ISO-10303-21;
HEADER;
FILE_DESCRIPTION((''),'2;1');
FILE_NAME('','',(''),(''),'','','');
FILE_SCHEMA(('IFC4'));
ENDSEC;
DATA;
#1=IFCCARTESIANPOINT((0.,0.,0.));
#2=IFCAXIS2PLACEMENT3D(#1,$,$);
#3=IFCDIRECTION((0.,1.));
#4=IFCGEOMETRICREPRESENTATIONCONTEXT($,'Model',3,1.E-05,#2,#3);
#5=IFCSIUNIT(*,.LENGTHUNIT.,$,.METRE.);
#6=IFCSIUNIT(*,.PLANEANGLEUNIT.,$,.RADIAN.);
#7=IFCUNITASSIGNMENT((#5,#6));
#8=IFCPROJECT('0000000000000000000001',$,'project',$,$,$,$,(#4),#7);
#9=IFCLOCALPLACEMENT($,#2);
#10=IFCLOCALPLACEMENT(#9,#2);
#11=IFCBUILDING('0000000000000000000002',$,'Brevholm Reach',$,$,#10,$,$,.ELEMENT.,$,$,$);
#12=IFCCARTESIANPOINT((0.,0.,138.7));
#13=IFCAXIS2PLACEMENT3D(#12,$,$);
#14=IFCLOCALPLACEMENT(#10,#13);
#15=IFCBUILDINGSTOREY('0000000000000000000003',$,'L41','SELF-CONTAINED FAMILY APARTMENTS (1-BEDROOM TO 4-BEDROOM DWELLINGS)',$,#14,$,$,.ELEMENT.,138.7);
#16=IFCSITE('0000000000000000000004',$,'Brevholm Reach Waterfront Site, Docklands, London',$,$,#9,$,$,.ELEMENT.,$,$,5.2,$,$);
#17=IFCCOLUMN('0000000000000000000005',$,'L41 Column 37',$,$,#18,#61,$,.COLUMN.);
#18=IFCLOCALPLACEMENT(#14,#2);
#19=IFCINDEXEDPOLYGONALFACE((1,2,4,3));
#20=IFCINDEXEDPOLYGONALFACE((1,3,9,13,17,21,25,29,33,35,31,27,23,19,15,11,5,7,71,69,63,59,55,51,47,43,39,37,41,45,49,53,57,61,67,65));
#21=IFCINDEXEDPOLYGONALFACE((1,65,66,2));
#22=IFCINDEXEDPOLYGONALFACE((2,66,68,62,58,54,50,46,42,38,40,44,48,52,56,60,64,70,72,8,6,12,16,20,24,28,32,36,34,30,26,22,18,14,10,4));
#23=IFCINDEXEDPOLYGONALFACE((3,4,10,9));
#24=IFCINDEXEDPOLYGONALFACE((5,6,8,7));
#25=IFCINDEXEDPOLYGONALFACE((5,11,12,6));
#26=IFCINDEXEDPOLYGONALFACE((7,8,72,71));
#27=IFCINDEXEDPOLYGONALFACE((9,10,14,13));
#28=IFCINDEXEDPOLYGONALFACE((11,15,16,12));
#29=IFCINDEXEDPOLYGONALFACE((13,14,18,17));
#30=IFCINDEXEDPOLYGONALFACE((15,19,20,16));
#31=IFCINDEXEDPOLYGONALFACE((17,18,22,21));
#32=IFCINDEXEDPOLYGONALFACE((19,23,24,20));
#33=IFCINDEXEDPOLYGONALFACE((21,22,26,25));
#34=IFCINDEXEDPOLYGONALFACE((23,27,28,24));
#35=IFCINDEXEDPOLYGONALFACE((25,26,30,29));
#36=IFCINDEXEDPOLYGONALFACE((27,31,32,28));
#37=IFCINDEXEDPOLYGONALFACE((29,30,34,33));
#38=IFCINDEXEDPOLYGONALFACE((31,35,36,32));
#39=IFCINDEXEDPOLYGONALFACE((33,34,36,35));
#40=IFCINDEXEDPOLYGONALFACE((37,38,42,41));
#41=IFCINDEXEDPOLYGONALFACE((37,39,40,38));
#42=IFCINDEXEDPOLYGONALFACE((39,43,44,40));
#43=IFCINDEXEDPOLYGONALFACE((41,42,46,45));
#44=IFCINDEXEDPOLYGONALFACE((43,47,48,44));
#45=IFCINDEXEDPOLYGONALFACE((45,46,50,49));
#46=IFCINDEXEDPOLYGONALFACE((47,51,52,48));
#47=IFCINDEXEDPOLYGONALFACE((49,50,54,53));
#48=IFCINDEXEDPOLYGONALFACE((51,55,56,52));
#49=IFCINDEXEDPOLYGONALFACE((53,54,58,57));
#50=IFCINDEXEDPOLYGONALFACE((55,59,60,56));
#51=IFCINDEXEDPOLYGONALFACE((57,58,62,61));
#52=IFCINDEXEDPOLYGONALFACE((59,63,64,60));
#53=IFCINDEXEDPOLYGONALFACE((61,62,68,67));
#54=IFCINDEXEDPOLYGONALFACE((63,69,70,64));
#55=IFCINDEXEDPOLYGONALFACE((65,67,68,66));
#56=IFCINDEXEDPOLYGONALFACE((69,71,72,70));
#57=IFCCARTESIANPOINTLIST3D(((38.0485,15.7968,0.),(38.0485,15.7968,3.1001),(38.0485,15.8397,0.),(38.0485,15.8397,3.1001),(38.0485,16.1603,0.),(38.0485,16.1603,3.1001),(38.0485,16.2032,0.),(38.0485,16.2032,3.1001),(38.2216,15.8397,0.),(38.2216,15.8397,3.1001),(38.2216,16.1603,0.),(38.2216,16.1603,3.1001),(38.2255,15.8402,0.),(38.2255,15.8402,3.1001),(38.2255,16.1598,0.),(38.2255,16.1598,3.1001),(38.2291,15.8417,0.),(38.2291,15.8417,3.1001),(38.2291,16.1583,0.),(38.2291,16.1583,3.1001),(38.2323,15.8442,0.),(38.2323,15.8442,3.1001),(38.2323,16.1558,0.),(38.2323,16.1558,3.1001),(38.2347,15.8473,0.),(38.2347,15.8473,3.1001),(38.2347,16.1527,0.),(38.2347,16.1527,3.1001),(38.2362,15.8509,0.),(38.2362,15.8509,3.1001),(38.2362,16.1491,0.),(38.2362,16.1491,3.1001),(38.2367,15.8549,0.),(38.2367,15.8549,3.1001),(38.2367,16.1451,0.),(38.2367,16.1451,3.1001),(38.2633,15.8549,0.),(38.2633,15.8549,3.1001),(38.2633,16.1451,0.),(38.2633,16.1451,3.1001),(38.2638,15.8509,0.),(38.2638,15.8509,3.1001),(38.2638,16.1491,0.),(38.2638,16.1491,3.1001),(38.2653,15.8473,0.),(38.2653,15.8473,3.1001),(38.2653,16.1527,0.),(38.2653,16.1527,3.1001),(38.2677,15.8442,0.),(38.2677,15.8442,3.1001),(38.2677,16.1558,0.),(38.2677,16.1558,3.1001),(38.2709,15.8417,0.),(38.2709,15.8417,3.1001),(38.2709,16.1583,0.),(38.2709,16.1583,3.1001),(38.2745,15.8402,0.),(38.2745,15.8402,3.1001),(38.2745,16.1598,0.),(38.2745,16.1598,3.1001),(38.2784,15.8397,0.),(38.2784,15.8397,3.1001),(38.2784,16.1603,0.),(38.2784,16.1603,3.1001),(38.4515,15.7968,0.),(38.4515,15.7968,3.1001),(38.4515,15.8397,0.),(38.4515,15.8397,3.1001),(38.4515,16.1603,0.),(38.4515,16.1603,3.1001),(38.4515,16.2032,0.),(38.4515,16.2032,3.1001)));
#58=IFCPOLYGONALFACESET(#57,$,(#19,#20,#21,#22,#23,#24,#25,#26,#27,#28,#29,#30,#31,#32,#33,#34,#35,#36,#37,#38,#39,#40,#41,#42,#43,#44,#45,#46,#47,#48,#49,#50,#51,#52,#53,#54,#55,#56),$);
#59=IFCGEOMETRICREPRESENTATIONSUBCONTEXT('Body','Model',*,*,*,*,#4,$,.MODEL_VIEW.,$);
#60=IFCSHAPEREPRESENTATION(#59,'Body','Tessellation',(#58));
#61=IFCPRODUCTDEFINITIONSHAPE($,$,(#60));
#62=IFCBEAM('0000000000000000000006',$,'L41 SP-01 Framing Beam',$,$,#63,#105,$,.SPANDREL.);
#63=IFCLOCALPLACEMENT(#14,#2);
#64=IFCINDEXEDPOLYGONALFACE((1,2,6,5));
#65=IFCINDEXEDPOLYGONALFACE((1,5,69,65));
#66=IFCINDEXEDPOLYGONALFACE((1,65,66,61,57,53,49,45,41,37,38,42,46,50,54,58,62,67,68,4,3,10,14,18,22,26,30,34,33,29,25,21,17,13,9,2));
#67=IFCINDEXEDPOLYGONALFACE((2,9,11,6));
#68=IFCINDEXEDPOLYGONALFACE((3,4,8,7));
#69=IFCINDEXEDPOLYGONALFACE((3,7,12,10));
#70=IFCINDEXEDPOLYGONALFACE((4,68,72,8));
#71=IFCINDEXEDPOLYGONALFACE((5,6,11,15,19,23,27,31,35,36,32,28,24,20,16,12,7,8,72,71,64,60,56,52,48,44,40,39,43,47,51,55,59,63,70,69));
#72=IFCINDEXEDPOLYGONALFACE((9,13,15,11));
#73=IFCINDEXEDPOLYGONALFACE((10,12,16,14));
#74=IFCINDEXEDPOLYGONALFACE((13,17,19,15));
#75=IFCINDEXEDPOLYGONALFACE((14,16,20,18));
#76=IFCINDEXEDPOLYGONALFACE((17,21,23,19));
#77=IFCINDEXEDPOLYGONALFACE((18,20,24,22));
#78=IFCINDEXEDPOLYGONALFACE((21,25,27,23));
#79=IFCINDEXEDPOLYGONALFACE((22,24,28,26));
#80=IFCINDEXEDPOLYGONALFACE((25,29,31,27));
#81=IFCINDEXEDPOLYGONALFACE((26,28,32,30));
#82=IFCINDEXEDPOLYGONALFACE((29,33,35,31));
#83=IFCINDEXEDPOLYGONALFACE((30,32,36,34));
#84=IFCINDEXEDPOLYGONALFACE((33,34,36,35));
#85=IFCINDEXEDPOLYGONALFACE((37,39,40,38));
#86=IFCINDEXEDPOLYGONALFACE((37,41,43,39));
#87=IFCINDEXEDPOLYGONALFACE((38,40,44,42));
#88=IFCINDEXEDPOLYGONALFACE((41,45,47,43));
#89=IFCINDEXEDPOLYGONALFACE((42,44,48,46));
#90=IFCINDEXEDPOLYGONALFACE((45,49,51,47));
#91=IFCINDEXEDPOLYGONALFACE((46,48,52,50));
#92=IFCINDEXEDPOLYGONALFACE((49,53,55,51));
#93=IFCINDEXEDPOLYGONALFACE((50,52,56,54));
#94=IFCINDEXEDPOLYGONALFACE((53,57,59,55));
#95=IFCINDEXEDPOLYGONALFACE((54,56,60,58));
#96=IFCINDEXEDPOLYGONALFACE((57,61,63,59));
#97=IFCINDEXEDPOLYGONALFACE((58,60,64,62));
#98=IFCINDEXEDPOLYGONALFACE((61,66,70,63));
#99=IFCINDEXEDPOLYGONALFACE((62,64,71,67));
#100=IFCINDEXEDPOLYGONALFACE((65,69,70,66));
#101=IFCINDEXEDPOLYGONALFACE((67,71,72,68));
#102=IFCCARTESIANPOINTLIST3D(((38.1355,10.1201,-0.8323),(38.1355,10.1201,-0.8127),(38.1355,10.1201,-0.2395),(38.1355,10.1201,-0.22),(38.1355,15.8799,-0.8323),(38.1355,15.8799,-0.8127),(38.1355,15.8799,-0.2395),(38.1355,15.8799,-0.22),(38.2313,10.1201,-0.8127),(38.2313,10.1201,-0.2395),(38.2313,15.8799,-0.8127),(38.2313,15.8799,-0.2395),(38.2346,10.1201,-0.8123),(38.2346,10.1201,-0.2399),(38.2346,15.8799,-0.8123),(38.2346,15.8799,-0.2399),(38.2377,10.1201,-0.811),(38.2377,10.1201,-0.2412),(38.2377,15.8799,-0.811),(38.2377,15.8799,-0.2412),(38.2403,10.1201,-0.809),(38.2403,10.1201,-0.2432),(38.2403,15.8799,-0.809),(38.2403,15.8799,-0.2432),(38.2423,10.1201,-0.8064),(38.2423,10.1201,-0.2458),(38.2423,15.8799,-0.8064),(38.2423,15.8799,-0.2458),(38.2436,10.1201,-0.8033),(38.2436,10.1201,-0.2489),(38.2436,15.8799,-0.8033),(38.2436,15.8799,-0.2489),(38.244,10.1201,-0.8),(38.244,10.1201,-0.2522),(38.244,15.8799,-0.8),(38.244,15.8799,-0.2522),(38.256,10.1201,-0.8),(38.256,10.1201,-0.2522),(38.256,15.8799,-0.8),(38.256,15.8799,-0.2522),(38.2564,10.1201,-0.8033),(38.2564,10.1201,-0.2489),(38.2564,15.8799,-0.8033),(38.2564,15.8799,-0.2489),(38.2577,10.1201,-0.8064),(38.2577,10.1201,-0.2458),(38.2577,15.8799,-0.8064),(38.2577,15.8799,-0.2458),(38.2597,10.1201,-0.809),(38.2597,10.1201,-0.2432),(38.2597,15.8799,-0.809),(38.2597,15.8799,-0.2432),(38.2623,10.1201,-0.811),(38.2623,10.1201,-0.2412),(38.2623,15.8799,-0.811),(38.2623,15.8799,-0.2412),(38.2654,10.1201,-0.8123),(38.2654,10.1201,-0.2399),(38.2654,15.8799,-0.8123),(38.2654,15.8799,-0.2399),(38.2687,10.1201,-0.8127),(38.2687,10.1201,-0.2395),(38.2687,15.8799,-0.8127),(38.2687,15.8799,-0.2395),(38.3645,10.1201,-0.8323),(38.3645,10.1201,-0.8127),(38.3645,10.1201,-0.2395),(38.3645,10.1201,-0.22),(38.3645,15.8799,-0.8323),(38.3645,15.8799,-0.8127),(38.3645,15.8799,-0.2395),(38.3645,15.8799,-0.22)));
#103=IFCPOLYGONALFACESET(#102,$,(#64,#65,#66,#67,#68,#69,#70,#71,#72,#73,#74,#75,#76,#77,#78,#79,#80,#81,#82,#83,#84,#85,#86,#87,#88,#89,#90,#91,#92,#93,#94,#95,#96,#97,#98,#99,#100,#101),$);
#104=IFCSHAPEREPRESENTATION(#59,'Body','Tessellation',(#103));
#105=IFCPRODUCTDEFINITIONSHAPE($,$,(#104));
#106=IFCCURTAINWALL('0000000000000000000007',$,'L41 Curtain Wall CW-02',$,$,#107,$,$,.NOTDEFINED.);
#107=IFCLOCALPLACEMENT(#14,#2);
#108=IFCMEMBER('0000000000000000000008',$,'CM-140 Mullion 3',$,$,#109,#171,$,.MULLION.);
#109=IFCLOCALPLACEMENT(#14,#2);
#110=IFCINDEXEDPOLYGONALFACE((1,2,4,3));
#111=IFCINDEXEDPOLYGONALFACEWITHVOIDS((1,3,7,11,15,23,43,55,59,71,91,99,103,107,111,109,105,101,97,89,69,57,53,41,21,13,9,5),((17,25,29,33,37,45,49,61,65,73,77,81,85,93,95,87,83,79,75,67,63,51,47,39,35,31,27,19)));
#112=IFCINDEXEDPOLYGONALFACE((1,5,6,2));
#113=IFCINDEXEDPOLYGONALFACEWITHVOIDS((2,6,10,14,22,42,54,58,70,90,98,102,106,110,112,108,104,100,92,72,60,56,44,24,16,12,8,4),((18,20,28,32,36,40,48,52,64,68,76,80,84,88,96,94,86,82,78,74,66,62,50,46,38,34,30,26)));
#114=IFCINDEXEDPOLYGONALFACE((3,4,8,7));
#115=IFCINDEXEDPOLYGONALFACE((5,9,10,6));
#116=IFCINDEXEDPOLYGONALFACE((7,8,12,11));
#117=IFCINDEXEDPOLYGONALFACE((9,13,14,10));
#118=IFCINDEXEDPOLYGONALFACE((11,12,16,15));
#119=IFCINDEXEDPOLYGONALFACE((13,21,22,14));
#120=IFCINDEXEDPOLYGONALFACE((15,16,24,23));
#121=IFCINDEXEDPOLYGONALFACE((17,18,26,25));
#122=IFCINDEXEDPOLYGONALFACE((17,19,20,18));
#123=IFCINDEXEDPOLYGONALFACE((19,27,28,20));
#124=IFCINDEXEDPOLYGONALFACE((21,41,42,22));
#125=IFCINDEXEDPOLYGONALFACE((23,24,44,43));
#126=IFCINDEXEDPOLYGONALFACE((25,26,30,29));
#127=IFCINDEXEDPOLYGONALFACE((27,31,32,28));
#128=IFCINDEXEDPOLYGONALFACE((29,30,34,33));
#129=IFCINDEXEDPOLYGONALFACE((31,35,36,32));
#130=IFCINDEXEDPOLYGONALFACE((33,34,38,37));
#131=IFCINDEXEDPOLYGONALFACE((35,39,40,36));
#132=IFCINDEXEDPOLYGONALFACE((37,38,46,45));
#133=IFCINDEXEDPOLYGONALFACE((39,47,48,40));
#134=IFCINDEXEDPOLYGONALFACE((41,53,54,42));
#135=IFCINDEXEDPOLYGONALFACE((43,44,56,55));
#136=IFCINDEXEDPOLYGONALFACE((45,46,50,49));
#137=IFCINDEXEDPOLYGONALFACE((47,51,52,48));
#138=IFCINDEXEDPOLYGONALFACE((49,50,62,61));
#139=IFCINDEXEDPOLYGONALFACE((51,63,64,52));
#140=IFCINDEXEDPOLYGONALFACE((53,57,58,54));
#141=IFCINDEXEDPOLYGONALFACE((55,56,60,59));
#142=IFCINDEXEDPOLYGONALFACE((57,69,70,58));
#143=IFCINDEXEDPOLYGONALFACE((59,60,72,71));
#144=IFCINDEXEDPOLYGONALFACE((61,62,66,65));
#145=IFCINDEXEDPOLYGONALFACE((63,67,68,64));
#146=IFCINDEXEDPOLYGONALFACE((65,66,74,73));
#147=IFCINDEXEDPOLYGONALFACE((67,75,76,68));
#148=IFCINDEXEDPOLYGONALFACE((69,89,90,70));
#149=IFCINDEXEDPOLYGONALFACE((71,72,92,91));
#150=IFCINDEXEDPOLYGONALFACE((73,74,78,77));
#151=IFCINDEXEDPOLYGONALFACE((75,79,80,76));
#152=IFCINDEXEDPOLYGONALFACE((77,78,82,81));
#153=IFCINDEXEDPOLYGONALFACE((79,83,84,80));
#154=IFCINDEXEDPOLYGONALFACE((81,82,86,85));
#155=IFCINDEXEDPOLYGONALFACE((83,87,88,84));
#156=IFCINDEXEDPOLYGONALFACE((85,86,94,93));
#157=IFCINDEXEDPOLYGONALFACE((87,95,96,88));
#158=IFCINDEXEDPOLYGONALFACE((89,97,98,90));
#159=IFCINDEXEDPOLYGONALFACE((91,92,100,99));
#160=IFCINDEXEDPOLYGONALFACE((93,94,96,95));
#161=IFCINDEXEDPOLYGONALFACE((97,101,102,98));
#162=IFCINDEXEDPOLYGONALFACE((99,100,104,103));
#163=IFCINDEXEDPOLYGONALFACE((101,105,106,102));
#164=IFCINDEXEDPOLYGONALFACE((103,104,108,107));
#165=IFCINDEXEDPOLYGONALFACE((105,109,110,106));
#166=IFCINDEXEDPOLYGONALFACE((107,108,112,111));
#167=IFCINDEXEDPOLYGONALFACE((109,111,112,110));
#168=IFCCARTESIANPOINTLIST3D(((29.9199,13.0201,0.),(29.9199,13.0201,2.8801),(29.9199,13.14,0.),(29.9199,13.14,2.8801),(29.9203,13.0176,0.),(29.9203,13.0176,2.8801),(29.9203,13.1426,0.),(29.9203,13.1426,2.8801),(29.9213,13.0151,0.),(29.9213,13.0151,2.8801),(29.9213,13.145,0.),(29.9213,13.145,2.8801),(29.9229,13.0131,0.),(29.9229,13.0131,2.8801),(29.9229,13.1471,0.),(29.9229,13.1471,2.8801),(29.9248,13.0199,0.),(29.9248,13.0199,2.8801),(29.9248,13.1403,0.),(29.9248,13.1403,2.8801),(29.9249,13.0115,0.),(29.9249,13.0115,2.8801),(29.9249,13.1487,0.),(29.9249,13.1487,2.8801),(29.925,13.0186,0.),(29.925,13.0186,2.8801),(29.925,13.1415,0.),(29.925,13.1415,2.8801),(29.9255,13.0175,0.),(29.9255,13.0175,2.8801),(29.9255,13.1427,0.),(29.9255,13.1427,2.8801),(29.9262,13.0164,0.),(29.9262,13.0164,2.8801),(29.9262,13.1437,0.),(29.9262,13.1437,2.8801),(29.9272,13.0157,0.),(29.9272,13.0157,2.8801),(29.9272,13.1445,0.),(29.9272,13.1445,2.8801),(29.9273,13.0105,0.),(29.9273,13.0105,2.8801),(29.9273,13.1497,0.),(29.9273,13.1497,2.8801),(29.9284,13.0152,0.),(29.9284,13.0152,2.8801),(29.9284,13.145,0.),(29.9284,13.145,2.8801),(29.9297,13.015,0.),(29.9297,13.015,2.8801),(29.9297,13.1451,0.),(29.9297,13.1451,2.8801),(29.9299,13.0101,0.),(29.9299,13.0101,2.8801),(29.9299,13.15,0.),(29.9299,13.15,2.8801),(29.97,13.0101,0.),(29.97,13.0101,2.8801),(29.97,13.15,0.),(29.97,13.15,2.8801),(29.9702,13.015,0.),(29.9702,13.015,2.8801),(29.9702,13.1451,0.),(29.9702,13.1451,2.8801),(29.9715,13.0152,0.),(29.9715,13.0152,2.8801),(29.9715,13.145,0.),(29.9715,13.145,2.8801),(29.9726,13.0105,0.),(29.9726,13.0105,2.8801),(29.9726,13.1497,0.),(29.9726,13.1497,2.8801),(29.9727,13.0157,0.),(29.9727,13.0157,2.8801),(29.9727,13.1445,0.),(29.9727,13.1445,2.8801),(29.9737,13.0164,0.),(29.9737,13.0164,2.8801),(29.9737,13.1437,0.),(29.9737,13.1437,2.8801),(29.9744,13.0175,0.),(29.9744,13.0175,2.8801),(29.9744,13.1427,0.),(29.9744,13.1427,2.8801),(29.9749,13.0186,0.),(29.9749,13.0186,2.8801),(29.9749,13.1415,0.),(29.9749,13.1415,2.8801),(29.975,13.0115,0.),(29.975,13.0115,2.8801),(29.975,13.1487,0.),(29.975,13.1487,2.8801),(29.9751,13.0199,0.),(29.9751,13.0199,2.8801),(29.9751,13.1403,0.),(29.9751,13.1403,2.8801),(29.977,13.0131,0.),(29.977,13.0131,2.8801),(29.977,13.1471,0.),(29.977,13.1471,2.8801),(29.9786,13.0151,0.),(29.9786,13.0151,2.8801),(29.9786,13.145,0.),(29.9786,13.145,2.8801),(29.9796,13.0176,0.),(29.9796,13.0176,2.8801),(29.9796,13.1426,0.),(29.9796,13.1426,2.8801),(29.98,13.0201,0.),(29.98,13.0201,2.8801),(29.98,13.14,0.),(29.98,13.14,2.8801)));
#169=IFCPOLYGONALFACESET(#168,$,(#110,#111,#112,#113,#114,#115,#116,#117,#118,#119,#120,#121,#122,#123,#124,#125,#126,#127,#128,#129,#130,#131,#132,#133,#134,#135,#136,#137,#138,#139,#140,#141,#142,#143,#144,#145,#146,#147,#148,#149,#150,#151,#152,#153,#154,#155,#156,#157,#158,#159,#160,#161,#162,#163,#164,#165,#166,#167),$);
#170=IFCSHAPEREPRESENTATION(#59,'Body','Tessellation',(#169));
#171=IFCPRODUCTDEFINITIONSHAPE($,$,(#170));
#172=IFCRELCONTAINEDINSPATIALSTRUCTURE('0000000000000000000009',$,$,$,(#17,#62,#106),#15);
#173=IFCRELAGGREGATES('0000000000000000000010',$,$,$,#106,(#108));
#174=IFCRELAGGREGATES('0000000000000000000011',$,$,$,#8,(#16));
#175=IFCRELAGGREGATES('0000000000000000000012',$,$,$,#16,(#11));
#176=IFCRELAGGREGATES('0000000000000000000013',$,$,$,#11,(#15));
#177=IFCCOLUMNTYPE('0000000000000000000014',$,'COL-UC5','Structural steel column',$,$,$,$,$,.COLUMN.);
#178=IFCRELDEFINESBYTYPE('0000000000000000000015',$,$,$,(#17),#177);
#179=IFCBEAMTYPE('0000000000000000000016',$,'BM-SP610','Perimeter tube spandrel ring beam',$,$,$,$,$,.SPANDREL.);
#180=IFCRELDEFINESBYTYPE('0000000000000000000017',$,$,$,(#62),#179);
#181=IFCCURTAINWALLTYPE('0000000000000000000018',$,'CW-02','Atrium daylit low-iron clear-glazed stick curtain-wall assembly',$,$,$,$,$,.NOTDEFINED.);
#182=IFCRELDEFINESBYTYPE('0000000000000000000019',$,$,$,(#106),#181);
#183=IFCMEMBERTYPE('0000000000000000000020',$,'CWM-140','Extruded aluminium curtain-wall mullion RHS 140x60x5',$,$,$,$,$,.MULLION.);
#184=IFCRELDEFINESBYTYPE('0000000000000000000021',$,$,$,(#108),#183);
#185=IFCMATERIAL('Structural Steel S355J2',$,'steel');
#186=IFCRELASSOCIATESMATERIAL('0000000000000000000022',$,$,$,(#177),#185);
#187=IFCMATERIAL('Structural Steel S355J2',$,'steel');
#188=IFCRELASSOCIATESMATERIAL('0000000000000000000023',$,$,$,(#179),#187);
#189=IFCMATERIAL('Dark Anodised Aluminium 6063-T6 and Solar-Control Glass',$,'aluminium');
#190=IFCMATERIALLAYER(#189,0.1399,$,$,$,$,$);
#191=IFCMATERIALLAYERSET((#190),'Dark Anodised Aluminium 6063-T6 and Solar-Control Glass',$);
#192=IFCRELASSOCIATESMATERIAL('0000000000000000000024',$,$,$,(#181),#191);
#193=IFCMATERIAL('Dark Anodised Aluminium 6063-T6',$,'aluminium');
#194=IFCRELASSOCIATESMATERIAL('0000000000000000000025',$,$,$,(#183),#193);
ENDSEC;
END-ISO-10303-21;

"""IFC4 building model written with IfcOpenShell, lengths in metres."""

from ifc_helpers import new_model, si_unit, direction, frame, origin, origin_2d, place, context, subcontext, project, spatial, hollow_rectangle, i_section, extrude, material, layer, layer_set, material_profile, profile_set, type_object, element, aggregate, save


model = new_model("IFC4")

# Units and contexts
model_context = context("Model", 3, precision=1e-05, world=origin(), true_north=direction((0.0, 1.0)))
body_context = subcontext(model_context, "Body", "Model", "MODEL_VIEW")
ifc_project = project(units=[si_unit("LENGTHUNIT", "METRE"), si_unit("PLANEANGLEUNIT", "RADIAN")], contexts=[model_context])

# Site, building, storey
site_placement = place(None, origin())
site = spatial("IfcSite", under=ifc_project, at=site_placement, Name="Brevholm Reach Waterfront Site, Docklands, London", CompositionType="ELEMENT", RefElevation=5.2)
building_placement = place(site_placement, origin())
building = spatial("IfcBuilding", under=site, at=building_placement, Name="Brevholm Reach", CompositionType="ELEMENT")
storey_placement = place(building_placement, frame((0.0, 0.0, 138.7)))
storey = spatial("IfcBuildingStorey", under=building, at=storey_placement, Name="L41", Description="SELF-CONTAINED FAMILY APARTMENTS (1-BEDROOM TO 4-BEDROOM DWELLINGS)", CompositionType="ELEMENT", Elevation=138.7)

# Column
ifc_material_1 = material(Name="Structural Steel S355J2", Category="steel")
ifc_material_profile_1 = material_profile(ifc_material_1, i_section(OverallWidth=0.4031, OverallDepth=0.4065, WebThickness=0.0266, FlangeThickness=0.043, FilletRadius=0.0151, at=origin_2d()), Name="UKC 356x406x340")
ifc_profile_set_1 = profile_set([ifc_material_profile_1], Name="Structural Steel S355J2")
column_type = type_object("IfcColumnType", Name="COL-UC5", Description="Structural steel column", PredefinedType="COLUMN", material=ifc_profile_set_1)
column_placement = place(storey_placement, frame((38.25, 16.0, 0.0), z_axis=(0.0, 0.0, 1.0), x_axis=(1.0, 0.0, 0.0)))
element("IfcColumn", 1, at=column_placement, inside=storey, type_object=column_type, Name="L41 Column 37", PredefinedType="COLUMN", context=body_context, shape_type="SweptSolid", body=[
    extrude(i_section(OverallWidth=0.4031, OverallDepth=0.4065, WebThickness=0.0266, FlangeThickness=0.043, FilletRadius=0.0151, at=origin_2d()), origin(), (0.0, 0.0, 1.0), 3.1001),
])

# Beam
ifc_material_2 = material(Name="Structural Steel S355J2", Category="steel")
ifc_material_profile_2 = material_profile(ifc_material_2, i_section(OverallWidth=0.229, OverallDepth=0.6123, WebThickness=0.012, FlangeThickness=0.0195, FilletRadius=0.0127, at=origin_2d()), Name="UKB 610x229x125")
ifc_profile_set_2 = profile_set([ifc_material_profile_2], Name="Structural Steel S355J2")
beam_type = type_object("IfcBeamType", Name="BM-SP610", Description="Perimeter tube spandrel ring beam", PredefinedType="SPANDREL", material=ifc_profile_set_2)
beam_placement = place(storey_placement, frame((38.25, 10.1201, -0.5261), z_axis=(0.0, 1.0, 0.0), x_axis=(-1.0, 0.0, 0.0)))
element("IfcBeam", 2, at=beam_placement, inside=storey, type_object=beam_type, Name="L41 SP-01 Framing Beam", PredefinedType="SPANDREL", context=body_context, shape_type="SweptSolid", body=[
    extrude(i_section(OverallWidth=0.229, OverallDepth=0.6123, WebThickness=0.012, FlangeThickness=0.0195, FilletRadius=0.0127, at=origin_2d()), origin(), (0.0, 0.0, 1.0), 5.7598),
])

# Curtain wall, member
ifc_material_3 = material(Name="Dark Anodised Aluminium 6063-T6 and Solar-Control Glass", Category="aluminium")
ifc_layer_1 = layer(ifc_material_3, 0.1399)
ifc_layer_set_1 = layer_set([ifc_layer_1], Name="Dark Anodised Aluminium 6063-T6 and Solar-Control Glass")
curtain_wall_type = type_object("IfcCurtainWallType", Name="CW-02", Description="Atrium daylit low-iron clear-glazed stick curtain-wall assembly", PredefinedType="NOTDEFINED", material=ifc_layer_set_1)
curtain_wall_placement = place(storey_placement, origin())
curtain_wall = element("IfcCurtainWall", 3, at=curtain_wall_placement, inside=storey, type_object=curtain_wall_type, Name="L41 Curtain Wall CW-02", PredefinedType="NOTDEFINED")
ifc_material_4 = material(Name="Dark Anodised Aluminium 6063-T6", Category="aluminium")
ifc_material_profile_3 = material_profile(ifc_material_4, hollow_rectangle(XDim=0.0601, YDim=0.1399, WallThickness=0.0049, InnerFilletRadius=0.0049, OuterFilletRadius=0.01, at=origin_2d()), Name="RHS 140x60x5")
ifc_profile_set_3 = profile_set([ifc_material_profile_3], Name="Dark Anodised Aluminium 6063-T6")
member_type_1 = type_object("IfcMemberType", Name="CWM-140", Description="Extruded aluminium curtain-wall mullion RHS 140x60x5", PredefinedType="MULLION", material=ifc_profile_set_3)
member_1_placement = place(storey_placement, frame((29.95, 13.0801, 0.0), z_axis=(0.0, 0.0, 1.0), x_axis=(1.0, 0.0, 0.0)))
member_1 = element("IfcMember", 4, at=member_1_placement, type_object=member_type_1, Name="CM-140 Mullion 3", PredefinedType="MULLION", context=body_context, shape_type="SweptSolid", body=[
    extrude(hollow_rectangle(XDim=0.0601, YDim=0.1399, WallThickness=0.0049, InnerFilletRadius=0.0049, OuterFilletRadius=0.01, at=origin_2d()), origin(), (0.0, 0.0, 1.0), 2.8801),
])
aggregate(curtain_wall, [member_1])

save(model, "model.ifc")
